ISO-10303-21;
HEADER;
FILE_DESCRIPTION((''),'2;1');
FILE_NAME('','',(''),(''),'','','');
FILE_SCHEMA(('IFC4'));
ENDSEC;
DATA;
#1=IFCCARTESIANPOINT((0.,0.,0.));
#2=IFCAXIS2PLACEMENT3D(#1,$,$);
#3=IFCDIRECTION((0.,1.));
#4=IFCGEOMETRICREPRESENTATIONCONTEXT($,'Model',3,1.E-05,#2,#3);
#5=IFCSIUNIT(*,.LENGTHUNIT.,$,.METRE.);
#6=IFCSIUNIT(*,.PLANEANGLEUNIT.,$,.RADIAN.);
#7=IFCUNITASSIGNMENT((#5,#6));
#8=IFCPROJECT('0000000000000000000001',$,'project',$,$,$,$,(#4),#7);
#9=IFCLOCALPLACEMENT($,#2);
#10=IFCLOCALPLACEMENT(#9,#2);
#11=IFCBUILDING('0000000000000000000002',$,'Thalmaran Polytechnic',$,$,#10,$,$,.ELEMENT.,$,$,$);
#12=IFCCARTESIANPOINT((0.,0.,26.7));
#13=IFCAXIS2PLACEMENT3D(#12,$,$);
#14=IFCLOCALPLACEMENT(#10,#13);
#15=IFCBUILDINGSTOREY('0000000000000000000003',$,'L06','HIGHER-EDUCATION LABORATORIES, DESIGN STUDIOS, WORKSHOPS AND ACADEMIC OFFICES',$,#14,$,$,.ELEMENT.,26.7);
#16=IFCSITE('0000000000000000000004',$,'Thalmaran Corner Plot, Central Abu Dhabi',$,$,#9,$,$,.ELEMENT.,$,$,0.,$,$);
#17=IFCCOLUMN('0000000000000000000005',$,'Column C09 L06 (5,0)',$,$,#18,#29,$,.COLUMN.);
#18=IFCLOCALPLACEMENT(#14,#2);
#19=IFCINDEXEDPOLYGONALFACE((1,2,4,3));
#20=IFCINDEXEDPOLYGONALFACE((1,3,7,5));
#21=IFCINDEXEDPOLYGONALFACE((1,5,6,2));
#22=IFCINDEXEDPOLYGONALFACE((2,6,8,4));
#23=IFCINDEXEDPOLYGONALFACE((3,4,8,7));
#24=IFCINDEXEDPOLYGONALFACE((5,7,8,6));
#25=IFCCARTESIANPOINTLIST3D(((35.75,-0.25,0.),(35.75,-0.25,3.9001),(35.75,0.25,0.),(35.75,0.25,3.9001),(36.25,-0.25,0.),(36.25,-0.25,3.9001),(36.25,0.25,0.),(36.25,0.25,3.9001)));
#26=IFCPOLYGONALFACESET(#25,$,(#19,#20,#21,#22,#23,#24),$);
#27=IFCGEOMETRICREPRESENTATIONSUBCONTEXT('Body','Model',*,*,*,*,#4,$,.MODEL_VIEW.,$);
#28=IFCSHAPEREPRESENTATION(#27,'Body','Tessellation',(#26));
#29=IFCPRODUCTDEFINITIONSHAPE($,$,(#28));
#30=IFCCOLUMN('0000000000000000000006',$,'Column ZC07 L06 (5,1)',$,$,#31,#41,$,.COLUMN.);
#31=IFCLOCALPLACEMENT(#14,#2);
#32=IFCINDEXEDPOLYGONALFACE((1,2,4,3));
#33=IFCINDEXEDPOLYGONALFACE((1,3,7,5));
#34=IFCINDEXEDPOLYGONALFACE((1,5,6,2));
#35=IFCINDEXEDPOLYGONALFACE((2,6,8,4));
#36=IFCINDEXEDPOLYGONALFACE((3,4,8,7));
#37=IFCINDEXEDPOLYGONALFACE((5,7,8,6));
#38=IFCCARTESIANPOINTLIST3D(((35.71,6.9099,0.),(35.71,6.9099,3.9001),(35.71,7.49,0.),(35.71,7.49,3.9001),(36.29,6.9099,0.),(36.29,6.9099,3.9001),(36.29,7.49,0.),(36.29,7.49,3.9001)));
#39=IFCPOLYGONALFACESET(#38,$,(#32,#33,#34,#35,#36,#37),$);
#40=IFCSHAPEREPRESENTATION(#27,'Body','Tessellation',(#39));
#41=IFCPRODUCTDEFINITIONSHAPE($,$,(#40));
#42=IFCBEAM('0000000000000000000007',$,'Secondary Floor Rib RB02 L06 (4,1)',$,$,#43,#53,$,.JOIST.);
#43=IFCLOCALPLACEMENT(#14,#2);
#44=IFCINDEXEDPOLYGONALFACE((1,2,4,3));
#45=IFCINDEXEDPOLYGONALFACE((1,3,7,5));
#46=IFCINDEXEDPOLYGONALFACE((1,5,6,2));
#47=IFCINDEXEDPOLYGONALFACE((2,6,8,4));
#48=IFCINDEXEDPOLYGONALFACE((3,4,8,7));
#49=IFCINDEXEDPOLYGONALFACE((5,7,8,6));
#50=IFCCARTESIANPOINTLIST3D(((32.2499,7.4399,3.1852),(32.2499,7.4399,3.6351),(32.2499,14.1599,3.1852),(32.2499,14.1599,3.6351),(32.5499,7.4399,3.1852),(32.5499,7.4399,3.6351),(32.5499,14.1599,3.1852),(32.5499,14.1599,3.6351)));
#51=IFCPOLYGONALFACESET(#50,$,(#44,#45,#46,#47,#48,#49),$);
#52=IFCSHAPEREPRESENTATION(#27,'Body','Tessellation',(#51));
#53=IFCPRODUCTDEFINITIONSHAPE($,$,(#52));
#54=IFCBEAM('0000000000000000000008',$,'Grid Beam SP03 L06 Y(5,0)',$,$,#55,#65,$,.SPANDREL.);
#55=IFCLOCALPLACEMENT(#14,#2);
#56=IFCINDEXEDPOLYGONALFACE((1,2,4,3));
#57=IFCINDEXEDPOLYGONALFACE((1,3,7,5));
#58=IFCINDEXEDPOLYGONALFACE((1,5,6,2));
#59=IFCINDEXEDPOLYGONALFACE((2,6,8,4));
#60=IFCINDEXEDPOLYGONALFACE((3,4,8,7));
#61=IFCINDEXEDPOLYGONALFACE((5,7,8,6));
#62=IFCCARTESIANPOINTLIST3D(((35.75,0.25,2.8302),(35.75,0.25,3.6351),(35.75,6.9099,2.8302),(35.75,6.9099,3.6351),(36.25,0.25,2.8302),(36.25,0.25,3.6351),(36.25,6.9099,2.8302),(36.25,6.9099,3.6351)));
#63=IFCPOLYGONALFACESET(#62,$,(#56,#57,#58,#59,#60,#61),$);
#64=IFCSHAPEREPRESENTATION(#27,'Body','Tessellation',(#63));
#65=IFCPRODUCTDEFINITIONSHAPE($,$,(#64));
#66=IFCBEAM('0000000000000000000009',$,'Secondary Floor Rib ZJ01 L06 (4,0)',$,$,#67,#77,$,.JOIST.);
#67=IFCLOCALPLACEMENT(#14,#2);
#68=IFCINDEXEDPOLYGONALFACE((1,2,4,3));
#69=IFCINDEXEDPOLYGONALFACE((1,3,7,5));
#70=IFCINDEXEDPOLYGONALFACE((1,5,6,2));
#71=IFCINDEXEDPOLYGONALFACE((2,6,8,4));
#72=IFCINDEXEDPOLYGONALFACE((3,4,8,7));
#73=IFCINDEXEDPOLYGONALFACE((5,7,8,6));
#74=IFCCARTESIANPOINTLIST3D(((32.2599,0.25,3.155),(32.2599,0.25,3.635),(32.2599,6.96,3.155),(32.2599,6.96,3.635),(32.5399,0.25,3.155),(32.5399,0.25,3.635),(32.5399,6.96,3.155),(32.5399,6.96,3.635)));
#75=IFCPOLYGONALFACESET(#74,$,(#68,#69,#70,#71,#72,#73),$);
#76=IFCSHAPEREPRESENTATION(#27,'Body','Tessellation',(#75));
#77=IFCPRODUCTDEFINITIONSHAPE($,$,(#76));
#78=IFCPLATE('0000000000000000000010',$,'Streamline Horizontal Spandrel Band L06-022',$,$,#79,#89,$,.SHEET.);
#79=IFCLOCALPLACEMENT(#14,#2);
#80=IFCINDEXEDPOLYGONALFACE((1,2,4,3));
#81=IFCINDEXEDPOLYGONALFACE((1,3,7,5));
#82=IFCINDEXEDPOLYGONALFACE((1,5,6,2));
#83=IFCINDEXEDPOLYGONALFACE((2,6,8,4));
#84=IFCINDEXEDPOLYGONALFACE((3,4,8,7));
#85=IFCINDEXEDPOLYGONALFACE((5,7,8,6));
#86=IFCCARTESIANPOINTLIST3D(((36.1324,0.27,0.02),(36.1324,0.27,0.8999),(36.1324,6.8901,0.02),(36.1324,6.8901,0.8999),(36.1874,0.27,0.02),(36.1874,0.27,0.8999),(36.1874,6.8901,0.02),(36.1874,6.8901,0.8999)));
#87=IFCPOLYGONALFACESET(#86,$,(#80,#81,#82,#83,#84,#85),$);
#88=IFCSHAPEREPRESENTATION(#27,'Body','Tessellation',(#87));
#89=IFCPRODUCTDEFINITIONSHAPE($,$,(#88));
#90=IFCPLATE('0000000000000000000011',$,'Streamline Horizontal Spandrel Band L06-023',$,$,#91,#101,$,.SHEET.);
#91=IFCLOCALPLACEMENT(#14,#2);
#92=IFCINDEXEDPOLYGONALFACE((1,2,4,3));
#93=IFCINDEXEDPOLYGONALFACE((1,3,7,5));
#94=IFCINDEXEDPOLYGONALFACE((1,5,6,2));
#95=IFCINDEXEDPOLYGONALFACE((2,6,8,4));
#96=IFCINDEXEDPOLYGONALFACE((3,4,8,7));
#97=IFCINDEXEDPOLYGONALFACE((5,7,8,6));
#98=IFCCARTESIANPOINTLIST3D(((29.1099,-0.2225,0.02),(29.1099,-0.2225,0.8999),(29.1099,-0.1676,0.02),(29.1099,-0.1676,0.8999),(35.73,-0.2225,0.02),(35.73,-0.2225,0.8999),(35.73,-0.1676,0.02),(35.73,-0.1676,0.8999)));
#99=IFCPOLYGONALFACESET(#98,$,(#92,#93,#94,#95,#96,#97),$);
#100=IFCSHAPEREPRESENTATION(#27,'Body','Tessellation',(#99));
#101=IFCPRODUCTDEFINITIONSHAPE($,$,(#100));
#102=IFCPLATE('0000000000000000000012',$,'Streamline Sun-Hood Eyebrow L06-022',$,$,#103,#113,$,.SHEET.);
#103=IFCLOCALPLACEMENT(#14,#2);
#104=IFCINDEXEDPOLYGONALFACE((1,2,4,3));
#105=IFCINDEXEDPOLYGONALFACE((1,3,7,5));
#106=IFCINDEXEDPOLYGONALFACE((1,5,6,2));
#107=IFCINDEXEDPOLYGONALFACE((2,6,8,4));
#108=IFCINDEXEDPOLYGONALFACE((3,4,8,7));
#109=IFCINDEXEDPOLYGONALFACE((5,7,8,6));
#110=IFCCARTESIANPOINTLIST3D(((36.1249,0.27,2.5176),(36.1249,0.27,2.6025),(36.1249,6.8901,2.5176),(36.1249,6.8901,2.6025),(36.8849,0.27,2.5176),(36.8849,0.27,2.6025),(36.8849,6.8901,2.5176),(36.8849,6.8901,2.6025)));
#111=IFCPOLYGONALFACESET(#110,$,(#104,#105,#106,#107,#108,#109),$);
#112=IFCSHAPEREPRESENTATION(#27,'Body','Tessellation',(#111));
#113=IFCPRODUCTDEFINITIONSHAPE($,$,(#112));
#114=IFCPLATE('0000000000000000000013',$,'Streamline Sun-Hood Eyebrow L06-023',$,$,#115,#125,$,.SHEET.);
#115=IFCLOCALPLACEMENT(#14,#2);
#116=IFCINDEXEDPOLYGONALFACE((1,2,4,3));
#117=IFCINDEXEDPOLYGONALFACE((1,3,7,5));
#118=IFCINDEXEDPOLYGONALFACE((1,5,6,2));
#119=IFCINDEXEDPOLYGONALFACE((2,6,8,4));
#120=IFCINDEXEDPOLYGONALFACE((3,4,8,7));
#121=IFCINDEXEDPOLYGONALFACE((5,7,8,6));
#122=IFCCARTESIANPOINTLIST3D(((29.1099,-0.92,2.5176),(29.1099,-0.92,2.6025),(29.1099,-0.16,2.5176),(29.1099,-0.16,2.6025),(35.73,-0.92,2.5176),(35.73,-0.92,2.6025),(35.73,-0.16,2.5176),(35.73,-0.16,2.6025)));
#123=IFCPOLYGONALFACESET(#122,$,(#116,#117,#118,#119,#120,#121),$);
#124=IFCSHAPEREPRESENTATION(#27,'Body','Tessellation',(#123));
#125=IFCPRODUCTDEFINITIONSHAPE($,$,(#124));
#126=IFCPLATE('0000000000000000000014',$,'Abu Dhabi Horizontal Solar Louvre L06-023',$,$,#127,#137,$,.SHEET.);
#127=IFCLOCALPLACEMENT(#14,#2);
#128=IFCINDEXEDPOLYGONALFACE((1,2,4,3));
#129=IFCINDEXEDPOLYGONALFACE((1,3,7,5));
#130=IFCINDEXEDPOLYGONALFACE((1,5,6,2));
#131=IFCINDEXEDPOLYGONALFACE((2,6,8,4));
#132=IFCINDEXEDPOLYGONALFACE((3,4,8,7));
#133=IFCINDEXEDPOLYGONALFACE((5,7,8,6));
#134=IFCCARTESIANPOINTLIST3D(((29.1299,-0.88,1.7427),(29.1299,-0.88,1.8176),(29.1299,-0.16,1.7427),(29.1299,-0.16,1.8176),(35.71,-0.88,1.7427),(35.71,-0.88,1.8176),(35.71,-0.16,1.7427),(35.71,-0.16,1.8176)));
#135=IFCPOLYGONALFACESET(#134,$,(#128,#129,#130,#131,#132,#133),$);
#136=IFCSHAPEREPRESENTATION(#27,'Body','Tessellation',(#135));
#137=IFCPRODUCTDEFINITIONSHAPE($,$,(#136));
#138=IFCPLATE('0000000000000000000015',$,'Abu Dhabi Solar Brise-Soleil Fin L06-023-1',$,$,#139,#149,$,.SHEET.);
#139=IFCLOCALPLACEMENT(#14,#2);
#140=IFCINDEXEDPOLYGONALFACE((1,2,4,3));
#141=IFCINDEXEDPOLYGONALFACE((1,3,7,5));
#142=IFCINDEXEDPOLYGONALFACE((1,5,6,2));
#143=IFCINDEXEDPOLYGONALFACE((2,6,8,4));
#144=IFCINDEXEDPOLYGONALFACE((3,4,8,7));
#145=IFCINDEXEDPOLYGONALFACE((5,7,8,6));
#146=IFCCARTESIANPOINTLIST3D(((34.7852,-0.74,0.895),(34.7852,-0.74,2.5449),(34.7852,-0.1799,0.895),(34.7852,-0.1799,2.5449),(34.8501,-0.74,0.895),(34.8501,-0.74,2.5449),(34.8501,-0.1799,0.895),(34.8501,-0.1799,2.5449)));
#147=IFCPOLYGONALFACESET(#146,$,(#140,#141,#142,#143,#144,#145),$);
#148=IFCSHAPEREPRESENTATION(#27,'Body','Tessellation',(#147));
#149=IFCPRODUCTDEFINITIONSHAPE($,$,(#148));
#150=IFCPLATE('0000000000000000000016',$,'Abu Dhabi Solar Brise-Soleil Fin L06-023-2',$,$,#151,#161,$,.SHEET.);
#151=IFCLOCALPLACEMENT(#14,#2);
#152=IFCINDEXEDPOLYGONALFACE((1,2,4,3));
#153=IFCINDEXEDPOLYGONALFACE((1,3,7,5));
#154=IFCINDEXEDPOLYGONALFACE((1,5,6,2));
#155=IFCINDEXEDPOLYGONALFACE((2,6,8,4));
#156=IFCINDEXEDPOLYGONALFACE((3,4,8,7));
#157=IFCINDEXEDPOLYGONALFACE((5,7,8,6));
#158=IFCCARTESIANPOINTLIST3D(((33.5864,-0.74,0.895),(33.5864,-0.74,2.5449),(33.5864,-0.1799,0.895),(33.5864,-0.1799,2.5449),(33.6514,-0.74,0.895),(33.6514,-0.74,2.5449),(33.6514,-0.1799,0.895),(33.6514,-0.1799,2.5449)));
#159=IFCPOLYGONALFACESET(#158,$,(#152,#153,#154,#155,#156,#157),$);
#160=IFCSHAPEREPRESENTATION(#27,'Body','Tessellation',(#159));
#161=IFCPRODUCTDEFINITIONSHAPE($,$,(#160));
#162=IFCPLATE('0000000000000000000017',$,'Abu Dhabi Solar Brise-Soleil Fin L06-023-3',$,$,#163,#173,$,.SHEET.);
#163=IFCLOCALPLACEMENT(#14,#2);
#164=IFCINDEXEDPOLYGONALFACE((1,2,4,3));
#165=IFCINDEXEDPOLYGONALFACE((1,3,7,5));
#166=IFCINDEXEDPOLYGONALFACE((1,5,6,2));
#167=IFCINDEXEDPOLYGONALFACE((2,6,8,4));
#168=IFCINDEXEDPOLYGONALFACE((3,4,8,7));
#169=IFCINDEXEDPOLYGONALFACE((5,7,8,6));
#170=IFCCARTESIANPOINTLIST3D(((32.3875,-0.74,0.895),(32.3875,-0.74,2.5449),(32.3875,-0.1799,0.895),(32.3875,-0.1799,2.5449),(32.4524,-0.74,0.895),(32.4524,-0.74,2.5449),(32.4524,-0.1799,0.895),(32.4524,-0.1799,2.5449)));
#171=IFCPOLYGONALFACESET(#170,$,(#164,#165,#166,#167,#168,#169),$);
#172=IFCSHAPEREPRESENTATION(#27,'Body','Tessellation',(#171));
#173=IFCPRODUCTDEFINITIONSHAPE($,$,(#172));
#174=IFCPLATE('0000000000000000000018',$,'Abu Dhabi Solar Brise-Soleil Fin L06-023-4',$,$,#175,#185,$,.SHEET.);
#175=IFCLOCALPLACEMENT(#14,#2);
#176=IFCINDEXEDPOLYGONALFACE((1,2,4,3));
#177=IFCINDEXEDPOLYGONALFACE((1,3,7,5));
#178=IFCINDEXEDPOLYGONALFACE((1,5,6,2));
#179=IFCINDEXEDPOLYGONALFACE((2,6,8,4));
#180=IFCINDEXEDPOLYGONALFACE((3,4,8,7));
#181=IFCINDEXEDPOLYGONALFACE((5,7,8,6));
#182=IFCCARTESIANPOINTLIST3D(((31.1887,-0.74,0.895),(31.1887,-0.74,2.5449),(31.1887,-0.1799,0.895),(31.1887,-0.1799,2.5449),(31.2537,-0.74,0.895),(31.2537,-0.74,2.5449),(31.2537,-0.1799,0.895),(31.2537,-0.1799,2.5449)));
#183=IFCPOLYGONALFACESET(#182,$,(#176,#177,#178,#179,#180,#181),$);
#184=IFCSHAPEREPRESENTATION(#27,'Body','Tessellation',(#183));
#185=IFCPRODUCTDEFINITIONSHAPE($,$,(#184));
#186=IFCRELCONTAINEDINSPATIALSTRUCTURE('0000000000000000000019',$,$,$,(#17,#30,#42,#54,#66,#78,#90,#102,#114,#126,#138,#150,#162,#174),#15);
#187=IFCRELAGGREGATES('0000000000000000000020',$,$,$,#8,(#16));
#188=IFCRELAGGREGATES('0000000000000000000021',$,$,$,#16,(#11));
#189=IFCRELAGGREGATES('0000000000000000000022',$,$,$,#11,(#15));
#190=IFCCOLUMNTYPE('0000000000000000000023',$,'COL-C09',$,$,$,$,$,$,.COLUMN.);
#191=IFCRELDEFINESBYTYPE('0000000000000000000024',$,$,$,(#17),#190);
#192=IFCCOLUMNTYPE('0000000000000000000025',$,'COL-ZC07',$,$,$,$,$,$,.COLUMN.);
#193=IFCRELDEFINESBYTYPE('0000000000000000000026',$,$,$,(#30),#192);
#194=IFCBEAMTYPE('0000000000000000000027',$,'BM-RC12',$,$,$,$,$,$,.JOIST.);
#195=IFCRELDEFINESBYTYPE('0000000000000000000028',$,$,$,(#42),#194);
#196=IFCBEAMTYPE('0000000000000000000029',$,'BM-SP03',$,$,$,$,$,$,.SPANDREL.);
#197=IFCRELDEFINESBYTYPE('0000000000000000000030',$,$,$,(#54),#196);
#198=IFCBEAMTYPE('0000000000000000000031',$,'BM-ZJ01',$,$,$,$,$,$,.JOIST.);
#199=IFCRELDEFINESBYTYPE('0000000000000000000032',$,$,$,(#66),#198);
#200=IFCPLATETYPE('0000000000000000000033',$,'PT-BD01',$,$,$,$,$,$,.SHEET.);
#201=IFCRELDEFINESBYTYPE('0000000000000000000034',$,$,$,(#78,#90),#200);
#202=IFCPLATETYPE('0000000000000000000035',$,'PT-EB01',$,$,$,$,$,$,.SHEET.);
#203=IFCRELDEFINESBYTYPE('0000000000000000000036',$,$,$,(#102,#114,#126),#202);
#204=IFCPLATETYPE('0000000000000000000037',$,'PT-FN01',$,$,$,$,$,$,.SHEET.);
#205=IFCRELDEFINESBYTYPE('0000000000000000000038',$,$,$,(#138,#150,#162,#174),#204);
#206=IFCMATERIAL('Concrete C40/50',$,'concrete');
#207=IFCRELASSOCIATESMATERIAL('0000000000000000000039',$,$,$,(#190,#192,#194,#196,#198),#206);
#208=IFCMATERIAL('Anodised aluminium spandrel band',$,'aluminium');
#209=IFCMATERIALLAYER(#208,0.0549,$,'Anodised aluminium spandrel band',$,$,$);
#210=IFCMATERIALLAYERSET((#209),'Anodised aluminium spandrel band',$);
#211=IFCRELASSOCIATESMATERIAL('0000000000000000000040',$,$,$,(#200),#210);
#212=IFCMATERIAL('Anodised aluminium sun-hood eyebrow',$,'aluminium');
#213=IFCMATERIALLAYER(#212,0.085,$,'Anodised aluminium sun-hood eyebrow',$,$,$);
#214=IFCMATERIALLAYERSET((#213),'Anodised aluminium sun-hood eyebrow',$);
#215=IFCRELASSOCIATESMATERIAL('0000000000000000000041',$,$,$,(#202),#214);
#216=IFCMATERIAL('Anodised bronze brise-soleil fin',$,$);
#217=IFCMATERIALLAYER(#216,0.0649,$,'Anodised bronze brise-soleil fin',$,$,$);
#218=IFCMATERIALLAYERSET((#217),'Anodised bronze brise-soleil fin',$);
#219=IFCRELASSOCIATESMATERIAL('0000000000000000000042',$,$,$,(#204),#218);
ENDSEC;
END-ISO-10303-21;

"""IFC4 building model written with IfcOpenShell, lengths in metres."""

from ifc_helpers import new_model, si_unit, direction, frame, origin, origin_2d, place, context, subcontext, project, spatial, rectangle, extrude, material, layer, layer_set, material_profile, profile_set, type_object, element, save


model = new_model("IFC4")

# Units and contexts
model_context = context("Model", 3, precision=1e-05, world=origin(), true_north=direction((0.0, 1.0)))
body_context = subcontext(model_context, "Body", "Model", "MODEL_VIEW")
ifc_project = project(units=[si_unit("LENGTHUNIT", "METRE"), si_unit("PLANEANGLEUNIT", "RADIAN")], contexts=[model_context])

# Site, building, storey
site_placement = place(None, origin())
site = spatial("IfcSite", under=ifc_project, at=site_placement, Name="Thalmaran Corner Plot, Central Abu Dhabi", CompositionType="ELEMENT", RefElevation=0.0)
building_placement = place(site_placement, origin())
building = spatial("IfcBuilding", under=site, at=building_placement, Name="Thalmaran Polytechnic", CompositionType="ELEMENT")
storey_placement = place(building_placement, frame((0.0, 0.0, 26.7)))
storey = spatial("IfcBuildingStorey", under=building, at=storey_placement, Name="L06", Description="HIGHER-EDUCATION LABORATORIES, DESIGN STUDIOS, WORKSHOPS AND ACADEMIC OFFICES", CompositionType="ELEMENT", Elevation=26.7)

# Columns
ifc_material_1 = material(Name="Concrete C40/50", Category="concrete")
ifc_material_profile_1 = material_profile(ifc_material_1, rectangle(XDim=0.5, YDim=0.5, at=origin_2d()), Name="RC 500x500")
ifc_profile_set_1 = profile_set([ifc_material_profile_1], Name="Concrete C40/50")
column_type_1 = type_object("IfcColumnType", Name="COL-C09", PredefinedType="COLUMN", material=ifc_profile_set_1)
column_1_placement = place(storey_placement, frame((36.0, 0.0, 0.0), z_axis=(0.0, 0.0, 1.0), x_axis=(1.0, 0.0, 0.0)))
element("IfcColumn", 1, at=column_1_placement, inside=storey, type_object=column_type_1, Name="Column C09 L06 (5,0)", PredefinedType="COLUMN", context=body_context, shape_type="SweptSolid", body=[
    extrude(rectangle(XDim=0.5, YDim=0.5, at=origin_2d()), origin(), (0.0, 0.0, 1.0), 3.9001),
])
ifc_material_profile_2 = material_profile(ifc_material_1, rectangle(XDim=0.5801, YDim=0.5801, at=origin_2d()), Name="RC 580x580")
ifc_profile_set_2 = profile_set([ifc_material_profile_2], Name="Concrete C40/50")
column_type_2 = type_object("IfcColumnType", Name="COL-ZC07", PredefinedType="COLUMN", material=ifc_profile_set_2)
column_2_placement = place(storey_placement, frame((36.0, 7.2, 0.0), z_axis=(0.0, 0.0, 1.0), x_axis=(1.0, 0.0, 0.0)))
element("IfcColumn", 2, at=column_2_placement, inside=storey, type_object=column_type_2, Name="Column ZC07 L06 (5,1)", PredefinedType="COLUMN", context=body_context, shape_type="SweptSolid", body=[
    extrude(rectangle(XDim=0.5801, YDim=0.5801, at=origin_2d()), origin(), (0.0, 0.0, 1.0), 3.9001),
])

# Beams
ifc_material_profile_3 = material_profile(ifc_material_1, rectangle(XDim=0.3, YDim=0.45, at=origin_2d()), Name="RC 300x450")
ifc_profile_set_3 = profile_set([ifc_material_profile_3], Name="Concrete C40/50")
beam_type_1 = type_object("IfcBeamType", Name="BM-RC12", PredefinedType="JOIST", material=ifc_profile_set_3)
beam_1_placement = place(storey_placement, frame((32.3999, 7.4399, 3.4102), z_axis=(0.0, 1.0, 0.0), x_axis=(-1.0, 0.0, 0.0)))
element("IfcBeam", 3, at=beam_1_placement, inside=storey, type_object=beam_type_1, Name="Secondary Floor Rib RB02 L06 (4,1)", PredefinedType="JOIST", context=body_context, shape_type="SweptSolid", body=[
    extrude(rectangle(XDim=0.3, YDim=0.45, at=origin_2d()), origin(), (0.0, 0.0, 1.0), 6.72),
])
ifc_material_profile_4 = material_profile(ifc_material_1, rectangle(XDim=0.5, YDim=0.8049, at=origin_2d()), Name="RC 500x805")
ifc_profile_set_4 = profile_set([ifc_material_profile_4], Name="Concrete C40/50")
beam_type_2 = type_object("IfcBeamType", Name="BM-SP03", PredefinedType="SPANDREL", material=ifc_profile_set_4)
beam_2_placement = place(storey_placement, frame((36.0, 0.25, 3.2327), z_axis=(0.0, 1.0, 0.0), x_axis=(-1.0, 0.0, 0.0)))
element("IfcBeam", 4, at=beam_2_placement, inside=storey, type_object=beam_type_2, Name="Grid Beam SP03 L06 Y(5,0)", PredefinedType="SPANDREL", context=body_context, shape_type="SweptSolid", body=[
    extrude(rectangle(XDim=0.5, YDim=0.8049, at=origin_2d()), origin(), (0.0, 0.0, 1.0), 6.6599),
])
ifc_material_profile_5 = material_profile(ifc_material_1, rectangle(XDim=0.28, YDim=0.48, at=origin_2d()), Name="RC 280x480")
ifc_profile_set_5 = profile_set([ifc_material_profile_5], Name="Concrete C40/50")
beam_type_3 = type_object("IfcBeamType", Name="BM-ZJ01", PredefinedType="JOIST", material=ifc_profile_set_5)
beam_3_placement = place(storey_placement, frame((32.3999, 0.25, 3.395), z_axis=(0.0, 1.0, 0.0), x_axis=(-1.0, 0.0, 0.0)))
element("IfcBeam", 5, at=beam_3_placement, inside=storey, type_object=beam_type_3, Name="Secondary Floor Rib ZJ01 L06 (4,0)", PredefinedType="JOIST", context=body_context, shape_type="SweptSolid", body=[
    extrude(rectangle(XDim=0.28, YDim=0.48, at=origin_2d()), origin(), (0.0, 0.0, 1.0), 6.71),
])

# Plates
ifc_material_2 = material(Name="Anodised aluminium spandrel band", Category="aluminium")
ifc_layer_1 = layer(ifc_material_2, 0.0549, Name="Anodised aluminium spandrel band")
ifc_layer_set_1 = layer_set([ifc_layer_1], Name="Anodised aluminium spandrel band")
plate_type_1 = type_object("IfcPlateType", Name="PT-BD01", PredefinedType="SHEET", material=ifc_layer_set_1)
for number, where, z_axis, x_axis, name in (
    (6, (36.1599, 3.5801, 0.02), (0.0, 0.0, 1.0), (0.0, -1.0, 0.0), "Streamline Horizontal Spandrel Band L06-022"),
    (7, (32.4199, -0.1951, 0.02), (0.0, 0.0, 1.0), (-1.0, 0.0, 0.0), "Streamline Horizontal Spandrel Band L06-023"),
):
    element("IfcPlate", number, at=place(storey_placement, frame(where, z_axis=z_axis, x_axis=x_axis)), inside=storey, type_object=plate_type_1, Name=name, PredefinedType="SHEET", context=body_context, shape_type="SweptSolid", body=[
        extrude(rectangle(XDim=6.6201, YDim=0.0549, at=origin_2d()), origin(), (0.0, 0.0, 1.0), 0.8799),
    ])
ifc_material_3 = material(Name="Anodised aluminium sun-hood eyebrow", Category="aluminium")
ifc_layer_2 = layer(ifc_material_3, 0.085, Name="Anodised aluminium sun-hood eyebrow")
ifc_layer_set_2 = layer_set([ifc_layer_2], Name="Anodised aluminium sun-hood eyebrow")
plate_type_2 = type_object("IfcPlateType", Name="PT-EB01", PredefinedType="SHEET", material=ifc_layer_set_2)
for number, where, z_axis, x_axis, name in (
    (8, (36.5049, 3.5801, 2.5176), (0.0, 0.0, 1.0), (0.0, -1.0, 0.0), "Streamline Sun-Hood Eyebrow L06-022"),
    (9, (32.4199, -0.54, 2.5176), (0.0, 0.0, 1.0), (-1.0, 0.0, 0.0), "Streamline Sun-Hood Eyebrow L06-023"),
):
    element("IfcPlate", number, at=place(storey_placement, frame(where, z_axis=z_axis, x_axis=x_axis)), inside=storey, type_object=plate_type_2, Name=name, PredefinedType="SHEET", context=body_context, shape_type="SweptSolid", body=[
        extrude(rectangle(XDim=6.6201, YDim=0.76, at=origin_2d()), origin(), (0.0, 0.0, 1.0), 0.085),
    ])
plate_placement = place(storey_placement, frame((32.4199, -0.52, 1.7427), z_axis=(0.0, 0.0, 1.0), x_axis=(-1.0, 0.0, 0.0)))
element("IfcPlate", 10, at=plate_placement, inside=storey, type_object=plate_type_2, Name="Abu Dhabi Horizontal Solar Louvre L06-023", PredefinedType="SHEET", context=body_context, shape_type="SweptSolid", body=[
    extrude(rectangle(XDim=6.5801, YDim=0.72, at=origin_2d()), origin(), (0.0, 0.0, 1.0), 0.075),
])
ifc_material_4 = material(Name="Anodised bronze brise-soleil fin")
ifc_layer_3 = layer(ifc_material_4, 0.0649, Name="Anodised bronze brise-soleil fin")
ifc_layer_set_3 = layer_set([ifc_layer_3], Name="Anodised bronze brise-soleil fin")
plate_type_3 = type_object("IfcPlateType", Name="PT-FN01", PredefinedType="SHEET", material=ifc_layer_set_3)
for number, where, z_axis, x_axis, name in (
    (11, (34.8176, -0.46, 0.895), (0.0, 0.0, 1.0), (-1.0, 0.0, 0.0), "Abu Dhabi Solar Brise-Soleil Fin L06-023-1"),
    (12, (33.6189, -0.46, 0.895), (0.0, 0.0, 1.0), (-1.0, 0.0, 0.0), "Abu Dhabi Solar Brise-Soleil Fin L06-023-2"),
    (13, (32.4199, -0.46, 0.895), (0.0, 0.0, 1.0), (-1.0, 0.0, 0.0), "Abu Dhabi Solar Brise-Soleil Fin L06-023-3"),
    (14, (31.2212, -0.46, 0.895), (0.0, 0.0, 1.0), (-1.0, 0.0, 0.0), "Abu Dhabi Solar Brise-Soleil Fin L06-023-4"),
):
    element("IfcPlate", number, at=place(storey_placement, frame(where, z_axis=z_axis, x_axis=x_axis)), inside=storey, type_object=plate_type_3, Name=name, PredefinedType="SHEET", context=body_context, shape_type="SweptSolid", body=[
        extrude(rectangle(XDim=0.0649, YDim=0.5601, at=origin_2d()), origin(), (0.0, 0.0, 1.0), 1.6499),
    ])

save(model, "model.ifc")
